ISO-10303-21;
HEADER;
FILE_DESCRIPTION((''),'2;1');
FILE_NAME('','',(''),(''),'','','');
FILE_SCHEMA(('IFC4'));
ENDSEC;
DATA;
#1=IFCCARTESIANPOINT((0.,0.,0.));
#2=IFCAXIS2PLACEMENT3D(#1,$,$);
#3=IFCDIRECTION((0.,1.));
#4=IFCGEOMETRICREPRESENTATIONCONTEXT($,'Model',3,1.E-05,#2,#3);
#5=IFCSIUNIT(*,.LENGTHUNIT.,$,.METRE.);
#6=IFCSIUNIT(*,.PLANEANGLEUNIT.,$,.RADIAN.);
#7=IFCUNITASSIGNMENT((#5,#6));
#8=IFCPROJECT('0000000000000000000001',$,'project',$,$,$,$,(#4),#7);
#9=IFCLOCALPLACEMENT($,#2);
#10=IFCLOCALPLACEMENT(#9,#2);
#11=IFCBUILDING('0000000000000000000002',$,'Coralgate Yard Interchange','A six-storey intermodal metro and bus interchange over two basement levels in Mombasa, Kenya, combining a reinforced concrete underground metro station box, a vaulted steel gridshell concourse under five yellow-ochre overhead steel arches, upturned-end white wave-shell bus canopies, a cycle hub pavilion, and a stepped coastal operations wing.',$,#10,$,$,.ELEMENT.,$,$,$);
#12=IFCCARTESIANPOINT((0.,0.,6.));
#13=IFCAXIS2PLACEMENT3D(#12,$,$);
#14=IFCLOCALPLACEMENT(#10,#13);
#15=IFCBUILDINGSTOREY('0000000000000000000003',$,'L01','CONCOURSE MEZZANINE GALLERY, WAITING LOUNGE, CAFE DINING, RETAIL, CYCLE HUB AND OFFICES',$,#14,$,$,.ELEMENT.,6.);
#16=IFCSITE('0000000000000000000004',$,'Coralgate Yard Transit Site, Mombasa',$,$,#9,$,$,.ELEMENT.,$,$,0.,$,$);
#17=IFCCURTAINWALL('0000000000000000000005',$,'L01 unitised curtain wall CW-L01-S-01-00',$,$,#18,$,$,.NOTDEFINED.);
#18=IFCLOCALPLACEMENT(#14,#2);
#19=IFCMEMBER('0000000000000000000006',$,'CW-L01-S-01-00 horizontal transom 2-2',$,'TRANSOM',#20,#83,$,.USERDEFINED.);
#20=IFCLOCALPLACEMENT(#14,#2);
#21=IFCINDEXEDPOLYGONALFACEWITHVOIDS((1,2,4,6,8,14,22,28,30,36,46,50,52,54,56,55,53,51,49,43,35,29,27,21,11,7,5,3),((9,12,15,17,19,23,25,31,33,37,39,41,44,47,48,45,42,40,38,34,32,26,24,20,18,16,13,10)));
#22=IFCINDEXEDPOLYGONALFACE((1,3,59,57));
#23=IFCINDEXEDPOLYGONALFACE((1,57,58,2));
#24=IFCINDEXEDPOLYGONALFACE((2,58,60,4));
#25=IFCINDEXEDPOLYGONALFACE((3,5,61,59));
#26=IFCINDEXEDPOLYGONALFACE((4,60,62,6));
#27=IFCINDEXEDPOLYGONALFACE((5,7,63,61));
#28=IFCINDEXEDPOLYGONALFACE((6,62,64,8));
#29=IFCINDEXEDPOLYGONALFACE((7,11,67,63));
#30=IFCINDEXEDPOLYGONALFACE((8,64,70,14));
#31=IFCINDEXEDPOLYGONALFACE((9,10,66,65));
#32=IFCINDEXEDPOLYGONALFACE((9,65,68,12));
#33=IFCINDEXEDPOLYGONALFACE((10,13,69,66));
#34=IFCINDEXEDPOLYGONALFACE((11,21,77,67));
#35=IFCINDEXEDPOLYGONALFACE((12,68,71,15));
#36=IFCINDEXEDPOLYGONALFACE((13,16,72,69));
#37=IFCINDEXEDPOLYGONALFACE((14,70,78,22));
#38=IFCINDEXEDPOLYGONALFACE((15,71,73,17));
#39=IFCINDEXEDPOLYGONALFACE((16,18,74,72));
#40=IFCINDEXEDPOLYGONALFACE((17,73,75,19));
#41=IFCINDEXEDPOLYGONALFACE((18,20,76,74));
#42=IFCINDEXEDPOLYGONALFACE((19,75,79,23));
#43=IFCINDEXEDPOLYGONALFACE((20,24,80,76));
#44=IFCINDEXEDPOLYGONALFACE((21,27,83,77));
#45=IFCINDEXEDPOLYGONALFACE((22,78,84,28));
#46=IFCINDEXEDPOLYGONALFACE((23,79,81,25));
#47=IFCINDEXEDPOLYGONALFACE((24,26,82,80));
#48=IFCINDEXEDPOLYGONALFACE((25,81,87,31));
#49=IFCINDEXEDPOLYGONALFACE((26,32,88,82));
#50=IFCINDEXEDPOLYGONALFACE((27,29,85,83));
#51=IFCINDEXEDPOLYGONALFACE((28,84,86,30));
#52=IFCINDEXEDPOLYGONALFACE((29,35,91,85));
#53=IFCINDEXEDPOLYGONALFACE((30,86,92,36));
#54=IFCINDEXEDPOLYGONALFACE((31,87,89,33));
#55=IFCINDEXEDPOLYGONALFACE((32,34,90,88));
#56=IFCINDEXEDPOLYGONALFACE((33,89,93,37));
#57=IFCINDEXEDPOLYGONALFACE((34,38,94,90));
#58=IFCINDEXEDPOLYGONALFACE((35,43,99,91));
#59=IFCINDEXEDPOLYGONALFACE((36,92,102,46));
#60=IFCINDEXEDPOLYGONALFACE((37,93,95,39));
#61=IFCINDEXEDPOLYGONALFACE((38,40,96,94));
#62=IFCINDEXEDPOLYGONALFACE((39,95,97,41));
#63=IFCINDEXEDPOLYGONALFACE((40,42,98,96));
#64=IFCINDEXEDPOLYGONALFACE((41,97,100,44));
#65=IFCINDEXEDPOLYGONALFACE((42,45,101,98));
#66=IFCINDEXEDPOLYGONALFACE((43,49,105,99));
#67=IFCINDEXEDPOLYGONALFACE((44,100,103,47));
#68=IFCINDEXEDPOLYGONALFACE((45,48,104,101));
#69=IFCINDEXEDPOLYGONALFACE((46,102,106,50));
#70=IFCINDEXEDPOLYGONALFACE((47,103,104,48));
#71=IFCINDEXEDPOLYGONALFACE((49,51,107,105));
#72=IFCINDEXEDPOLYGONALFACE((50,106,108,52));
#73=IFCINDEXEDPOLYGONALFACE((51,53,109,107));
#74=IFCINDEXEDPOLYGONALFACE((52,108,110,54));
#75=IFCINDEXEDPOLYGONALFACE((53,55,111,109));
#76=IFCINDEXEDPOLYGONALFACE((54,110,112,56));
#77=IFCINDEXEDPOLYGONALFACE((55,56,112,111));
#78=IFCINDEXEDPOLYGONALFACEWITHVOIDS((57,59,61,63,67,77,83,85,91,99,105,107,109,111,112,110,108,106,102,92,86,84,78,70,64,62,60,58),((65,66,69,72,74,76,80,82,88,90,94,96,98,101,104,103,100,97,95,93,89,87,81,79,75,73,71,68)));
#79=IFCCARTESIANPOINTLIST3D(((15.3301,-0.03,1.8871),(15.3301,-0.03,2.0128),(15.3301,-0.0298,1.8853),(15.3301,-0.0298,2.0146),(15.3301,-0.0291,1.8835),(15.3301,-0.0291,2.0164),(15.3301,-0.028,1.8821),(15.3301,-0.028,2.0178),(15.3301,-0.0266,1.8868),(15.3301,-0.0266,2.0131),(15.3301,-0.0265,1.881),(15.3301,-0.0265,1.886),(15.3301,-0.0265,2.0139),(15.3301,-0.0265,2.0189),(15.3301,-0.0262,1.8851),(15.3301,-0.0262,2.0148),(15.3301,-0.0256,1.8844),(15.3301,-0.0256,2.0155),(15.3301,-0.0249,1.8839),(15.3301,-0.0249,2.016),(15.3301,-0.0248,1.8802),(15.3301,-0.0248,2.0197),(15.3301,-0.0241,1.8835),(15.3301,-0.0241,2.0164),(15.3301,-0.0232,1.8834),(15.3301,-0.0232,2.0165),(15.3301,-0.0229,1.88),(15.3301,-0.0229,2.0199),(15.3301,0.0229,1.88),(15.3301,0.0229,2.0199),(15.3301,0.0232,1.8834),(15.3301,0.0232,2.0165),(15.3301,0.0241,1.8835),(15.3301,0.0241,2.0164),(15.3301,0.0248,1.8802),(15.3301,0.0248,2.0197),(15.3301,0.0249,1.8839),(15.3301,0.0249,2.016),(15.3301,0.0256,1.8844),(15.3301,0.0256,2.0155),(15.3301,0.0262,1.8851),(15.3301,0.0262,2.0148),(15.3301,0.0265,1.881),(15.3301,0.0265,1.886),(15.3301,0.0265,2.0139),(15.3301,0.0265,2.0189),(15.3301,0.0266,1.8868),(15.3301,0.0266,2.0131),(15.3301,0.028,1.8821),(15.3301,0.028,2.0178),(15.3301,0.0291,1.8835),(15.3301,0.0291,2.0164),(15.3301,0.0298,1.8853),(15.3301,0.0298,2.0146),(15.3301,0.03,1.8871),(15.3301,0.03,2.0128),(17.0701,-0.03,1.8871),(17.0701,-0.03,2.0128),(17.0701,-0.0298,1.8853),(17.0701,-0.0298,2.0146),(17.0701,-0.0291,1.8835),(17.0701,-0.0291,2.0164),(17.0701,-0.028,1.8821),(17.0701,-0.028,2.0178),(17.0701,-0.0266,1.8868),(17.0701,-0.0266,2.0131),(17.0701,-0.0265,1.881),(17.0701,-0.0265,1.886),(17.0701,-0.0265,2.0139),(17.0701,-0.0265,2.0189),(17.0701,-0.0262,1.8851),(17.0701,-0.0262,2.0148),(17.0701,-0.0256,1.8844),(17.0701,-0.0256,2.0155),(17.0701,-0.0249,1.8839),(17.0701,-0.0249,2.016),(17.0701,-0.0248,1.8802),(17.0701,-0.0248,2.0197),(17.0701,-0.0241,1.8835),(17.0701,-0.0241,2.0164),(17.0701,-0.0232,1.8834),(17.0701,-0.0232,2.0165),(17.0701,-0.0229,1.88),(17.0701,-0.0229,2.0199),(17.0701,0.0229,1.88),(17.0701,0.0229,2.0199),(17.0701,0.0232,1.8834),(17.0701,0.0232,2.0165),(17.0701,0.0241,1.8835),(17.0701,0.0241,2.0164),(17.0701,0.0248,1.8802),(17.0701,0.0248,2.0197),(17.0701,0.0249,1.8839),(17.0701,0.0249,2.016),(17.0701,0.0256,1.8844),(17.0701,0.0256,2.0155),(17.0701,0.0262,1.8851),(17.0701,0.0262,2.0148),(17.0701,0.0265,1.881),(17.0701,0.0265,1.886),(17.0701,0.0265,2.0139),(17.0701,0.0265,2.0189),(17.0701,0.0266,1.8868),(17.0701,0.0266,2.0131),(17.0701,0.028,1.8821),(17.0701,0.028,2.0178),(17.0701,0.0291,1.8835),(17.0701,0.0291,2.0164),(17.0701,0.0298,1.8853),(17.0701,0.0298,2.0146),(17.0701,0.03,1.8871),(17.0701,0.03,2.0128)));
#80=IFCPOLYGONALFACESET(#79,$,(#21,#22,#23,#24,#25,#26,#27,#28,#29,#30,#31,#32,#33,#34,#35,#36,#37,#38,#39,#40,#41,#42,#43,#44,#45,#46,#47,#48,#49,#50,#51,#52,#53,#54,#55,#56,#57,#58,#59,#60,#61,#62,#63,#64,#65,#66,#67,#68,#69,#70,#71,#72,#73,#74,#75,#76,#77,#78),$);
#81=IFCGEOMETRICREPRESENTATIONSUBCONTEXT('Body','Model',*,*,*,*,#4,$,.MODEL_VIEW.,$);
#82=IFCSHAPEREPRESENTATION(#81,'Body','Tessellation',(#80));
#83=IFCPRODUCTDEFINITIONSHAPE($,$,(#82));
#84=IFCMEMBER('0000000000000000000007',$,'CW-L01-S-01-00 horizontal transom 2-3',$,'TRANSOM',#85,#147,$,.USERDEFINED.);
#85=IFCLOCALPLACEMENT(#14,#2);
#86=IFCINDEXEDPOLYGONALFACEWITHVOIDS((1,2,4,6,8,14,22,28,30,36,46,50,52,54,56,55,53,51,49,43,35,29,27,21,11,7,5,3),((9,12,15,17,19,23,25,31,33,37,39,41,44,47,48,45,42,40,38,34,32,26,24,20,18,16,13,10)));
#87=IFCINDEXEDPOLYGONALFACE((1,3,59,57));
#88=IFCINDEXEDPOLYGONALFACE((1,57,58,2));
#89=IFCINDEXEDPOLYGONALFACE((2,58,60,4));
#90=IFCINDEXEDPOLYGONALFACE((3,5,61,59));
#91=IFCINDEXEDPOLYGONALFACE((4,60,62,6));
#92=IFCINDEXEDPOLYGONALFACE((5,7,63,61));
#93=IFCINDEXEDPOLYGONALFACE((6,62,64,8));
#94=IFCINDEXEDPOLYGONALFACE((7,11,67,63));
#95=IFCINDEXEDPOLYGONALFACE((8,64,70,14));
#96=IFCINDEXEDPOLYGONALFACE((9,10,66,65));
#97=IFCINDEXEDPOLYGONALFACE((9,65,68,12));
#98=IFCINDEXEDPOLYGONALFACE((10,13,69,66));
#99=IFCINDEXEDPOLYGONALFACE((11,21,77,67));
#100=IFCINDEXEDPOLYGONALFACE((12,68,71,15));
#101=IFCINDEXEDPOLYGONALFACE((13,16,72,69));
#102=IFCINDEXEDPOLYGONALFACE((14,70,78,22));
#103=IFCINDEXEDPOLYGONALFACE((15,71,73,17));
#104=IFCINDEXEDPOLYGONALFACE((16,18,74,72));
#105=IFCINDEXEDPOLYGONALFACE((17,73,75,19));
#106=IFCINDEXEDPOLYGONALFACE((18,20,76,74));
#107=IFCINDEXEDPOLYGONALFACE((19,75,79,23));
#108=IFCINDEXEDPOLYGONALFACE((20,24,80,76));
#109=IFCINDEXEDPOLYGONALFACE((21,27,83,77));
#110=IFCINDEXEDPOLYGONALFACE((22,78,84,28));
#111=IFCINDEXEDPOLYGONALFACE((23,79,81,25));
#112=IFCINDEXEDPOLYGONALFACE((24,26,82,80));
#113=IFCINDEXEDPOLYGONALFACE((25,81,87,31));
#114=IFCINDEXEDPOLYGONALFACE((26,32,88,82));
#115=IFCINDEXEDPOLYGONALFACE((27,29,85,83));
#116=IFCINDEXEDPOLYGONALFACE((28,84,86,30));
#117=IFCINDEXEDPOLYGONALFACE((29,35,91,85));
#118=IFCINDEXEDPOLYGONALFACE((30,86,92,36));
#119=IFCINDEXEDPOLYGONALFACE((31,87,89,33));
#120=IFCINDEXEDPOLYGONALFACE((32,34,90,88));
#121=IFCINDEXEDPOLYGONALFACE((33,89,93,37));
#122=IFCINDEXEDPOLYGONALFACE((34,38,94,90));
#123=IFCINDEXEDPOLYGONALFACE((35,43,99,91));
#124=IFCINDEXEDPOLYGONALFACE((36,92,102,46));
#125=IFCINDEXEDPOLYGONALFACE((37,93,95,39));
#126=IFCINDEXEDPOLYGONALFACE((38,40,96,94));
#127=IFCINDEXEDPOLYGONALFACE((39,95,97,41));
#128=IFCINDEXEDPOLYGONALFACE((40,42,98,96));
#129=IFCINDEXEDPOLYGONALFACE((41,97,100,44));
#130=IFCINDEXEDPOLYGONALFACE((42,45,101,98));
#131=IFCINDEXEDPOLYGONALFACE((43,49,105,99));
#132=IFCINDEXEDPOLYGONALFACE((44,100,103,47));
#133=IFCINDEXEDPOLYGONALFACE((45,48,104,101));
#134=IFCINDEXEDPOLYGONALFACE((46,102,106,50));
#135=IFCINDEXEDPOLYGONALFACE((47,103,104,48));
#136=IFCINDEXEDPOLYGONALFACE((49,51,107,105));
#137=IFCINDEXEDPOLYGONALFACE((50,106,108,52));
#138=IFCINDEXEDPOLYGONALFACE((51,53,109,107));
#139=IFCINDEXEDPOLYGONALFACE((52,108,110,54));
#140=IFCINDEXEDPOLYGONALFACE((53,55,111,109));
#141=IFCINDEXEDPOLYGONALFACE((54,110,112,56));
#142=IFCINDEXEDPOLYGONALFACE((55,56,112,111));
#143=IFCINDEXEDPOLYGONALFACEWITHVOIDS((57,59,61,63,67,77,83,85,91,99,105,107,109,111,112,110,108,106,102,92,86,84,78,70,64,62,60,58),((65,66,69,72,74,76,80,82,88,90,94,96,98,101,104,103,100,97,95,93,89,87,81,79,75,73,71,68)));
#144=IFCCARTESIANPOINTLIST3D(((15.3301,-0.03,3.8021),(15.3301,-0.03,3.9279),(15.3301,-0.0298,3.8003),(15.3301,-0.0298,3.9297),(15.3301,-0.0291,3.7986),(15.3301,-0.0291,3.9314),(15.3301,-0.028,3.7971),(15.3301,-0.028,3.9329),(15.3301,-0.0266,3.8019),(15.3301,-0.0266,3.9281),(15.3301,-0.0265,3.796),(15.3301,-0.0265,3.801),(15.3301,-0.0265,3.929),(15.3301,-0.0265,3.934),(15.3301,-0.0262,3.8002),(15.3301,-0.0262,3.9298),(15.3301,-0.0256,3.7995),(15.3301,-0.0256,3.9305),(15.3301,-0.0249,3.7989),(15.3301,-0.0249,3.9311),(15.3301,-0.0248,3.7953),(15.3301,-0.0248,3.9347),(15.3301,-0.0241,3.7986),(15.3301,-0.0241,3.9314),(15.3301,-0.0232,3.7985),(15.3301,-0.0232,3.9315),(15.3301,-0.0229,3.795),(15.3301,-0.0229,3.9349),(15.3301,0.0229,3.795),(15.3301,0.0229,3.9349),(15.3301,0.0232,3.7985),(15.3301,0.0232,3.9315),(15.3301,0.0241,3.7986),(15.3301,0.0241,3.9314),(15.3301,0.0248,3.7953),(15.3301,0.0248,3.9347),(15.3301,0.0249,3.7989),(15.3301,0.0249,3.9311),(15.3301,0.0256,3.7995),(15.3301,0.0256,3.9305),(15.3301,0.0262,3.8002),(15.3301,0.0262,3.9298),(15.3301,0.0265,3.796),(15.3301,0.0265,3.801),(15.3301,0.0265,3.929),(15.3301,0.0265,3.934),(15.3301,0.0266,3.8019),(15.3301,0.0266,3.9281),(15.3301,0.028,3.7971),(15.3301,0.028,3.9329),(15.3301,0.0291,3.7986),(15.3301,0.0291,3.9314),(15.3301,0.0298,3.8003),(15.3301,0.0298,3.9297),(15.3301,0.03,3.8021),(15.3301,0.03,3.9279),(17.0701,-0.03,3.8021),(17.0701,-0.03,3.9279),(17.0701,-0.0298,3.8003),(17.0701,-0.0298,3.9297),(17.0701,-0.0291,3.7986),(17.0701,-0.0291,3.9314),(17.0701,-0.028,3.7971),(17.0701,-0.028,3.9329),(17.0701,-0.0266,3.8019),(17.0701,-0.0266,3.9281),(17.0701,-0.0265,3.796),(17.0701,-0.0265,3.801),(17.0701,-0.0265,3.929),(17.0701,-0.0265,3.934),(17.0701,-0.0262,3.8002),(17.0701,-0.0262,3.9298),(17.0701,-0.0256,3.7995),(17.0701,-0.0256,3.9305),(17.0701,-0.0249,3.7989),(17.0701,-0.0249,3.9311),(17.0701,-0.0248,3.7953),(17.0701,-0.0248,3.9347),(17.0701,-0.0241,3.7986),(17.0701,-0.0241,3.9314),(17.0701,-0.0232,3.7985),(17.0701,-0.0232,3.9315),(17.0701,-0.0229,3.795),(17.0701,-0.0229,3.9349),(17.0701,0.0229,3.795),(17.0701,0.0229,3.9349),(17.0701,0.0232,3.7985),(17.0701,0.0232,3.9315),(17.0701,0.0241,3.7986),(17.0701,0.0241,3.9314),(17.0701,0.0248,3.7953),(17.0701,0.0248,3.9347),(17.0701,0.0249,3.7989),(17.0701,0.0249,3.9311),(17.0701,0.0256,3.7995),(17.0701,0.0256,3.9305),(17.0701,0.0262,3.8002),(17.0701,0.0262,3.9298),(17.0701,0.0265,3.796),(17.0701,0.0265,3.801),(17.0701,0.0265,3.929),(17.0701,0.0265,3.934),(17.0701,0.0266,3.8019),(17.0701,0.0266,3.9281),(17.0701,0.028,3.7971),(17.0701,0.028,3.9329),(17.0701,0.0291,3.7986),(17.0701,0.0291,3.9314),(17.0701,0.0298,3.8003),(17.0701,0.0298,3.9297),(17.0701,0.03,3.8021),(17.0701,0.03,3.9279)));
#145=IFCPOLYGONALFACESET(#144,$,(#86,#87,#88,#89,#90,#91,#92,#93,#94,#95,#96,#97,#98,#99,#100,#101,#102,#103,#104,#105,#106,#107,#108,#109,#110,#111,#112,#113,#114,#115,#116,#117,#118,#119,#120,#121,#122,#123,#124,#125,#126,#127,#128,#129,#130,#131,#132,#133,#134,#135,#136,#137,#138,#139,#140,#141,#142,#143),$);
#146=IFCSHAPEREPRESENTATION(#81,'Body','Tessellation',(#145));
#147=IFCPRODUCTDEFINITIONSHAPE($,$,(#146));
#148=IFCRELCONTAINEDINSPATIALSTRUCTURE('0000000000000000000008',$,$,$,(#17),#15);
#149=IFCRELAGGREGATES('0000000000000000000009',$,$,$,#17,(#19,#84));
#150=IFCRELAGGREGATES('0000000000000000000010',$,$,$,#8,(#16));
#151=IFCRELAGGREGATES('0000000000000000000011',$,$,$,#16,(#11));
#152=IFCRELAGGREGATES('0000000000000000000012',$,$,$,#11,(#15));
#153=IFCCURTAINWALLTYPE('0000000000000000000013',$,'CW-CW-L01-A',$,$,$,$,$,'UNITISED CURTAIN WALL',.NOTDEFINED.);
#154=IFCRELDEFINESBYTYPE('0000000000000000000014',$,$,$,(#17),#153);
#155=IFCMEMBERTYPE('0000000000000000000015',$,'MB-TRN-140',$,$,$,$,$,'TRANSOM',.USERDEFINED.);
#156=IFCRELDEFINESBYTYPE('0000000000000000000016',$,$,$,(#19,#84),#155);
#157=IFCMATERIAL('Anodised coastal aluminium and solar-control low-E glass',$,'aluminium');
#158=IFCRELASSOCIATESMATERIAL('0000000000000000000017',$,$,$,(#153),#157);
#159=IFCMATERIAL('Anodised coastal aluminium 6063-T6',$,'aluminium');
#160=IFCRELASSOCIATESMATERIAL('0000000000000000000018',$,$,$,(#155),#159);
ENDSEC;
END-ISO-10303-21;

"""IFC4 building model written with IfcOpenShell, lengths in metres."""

from ifc_helpers import new_model, si_unit, direction, frame, origin, origin_2d, place, context, subcontext, project, spatial, hollow_rectangle, extrude, material, material_profile, profile_set, type_object, element, aggregate, save


model = new_model("IFC4")

# Units and contexts
model_context = context("Model", 3, precision=1e-05, world=origin(), true_north=direction((0.0, 1.0)))
body_context = subcontext(model_context, "Body", "Model", "MODEL_VIEW")
ifc_project = project(units=[si_unit("LENGTHUNIT", "METRE"), si_unit("PLANEANGLEUNIT", "RADIAN")], contexts=[model_context])

# Site, building, storey
site_placement = place(None, origin())
site = spatial("IfcSite", under=ifc_project, at=site_placement, Name="Coralgate Yard Transit Site, Mombasa", CompositionType="ELEMENT", RefElevation=0.0)
building_placement = place(site_placement, origin())
building = spatial("IfcBuilding", under=site, at=building_placement, Name="Coralgate Yard Interchange", Description="A six-storey intermodal metro and bus interchange over two basement levels in Mombasa, Kenya, combining a reinforced concrete underground metro station box, a vaulted steel gridshell concourse under five yellow-ochre overhead steel arches, upturned-end white wave-shell bus canopies, a cycle hub pavilion, and a stepped coastal operations wing.", CompositionType="ELEMENT")
storey_placement = place(building_placement, frame((0.0, 0.0, 6.0)))
storey = spatial("IfcBuildingStorey", under=building, at=storey_placement, Name="L01", Description="CONCOURSE MEZZANINE GALLERY, WAITING LOUNGE, CAFE DINING, RETAIL, CYCLE HUB AND OFFICES", CompositionType="ELEMENT", Elevation=6.0)

# Curtain wall, members
ifc_material_1 = material(Name="Anodised coastal aluminium and solar-control low-E glass", Category="aluminium")
curtain_wall_type = type_object("IfcCurtainWallType", Name="CW-CW-L01-A", ElementType="UNITISED CURTAIN WALL", PredefinedType="NOTDEFINED", material=ifc_material_1)
curtain_wall_placement = place(storey_placement, origin())
curtain_wall = element("IfcCurtainWall", 1, at=curtain_wall_placement, inside=storey, type_object=curtain_wall_type, Name="L01 unitised curtain wall CW-L01-S-01-00", PredefinedType="NOTDEFINED")
ifc_material_2 = material(Name="Anodised coastal aluminium 6063-T6", Category="aluminium")
ifc_material_profile_1 = material_profile(ifc_material_2, hollow_rectangle(XDim=0.0601, YDim=0.1399, WallThickness=0.0034, InnerFilletRadius=0.0034, OuterFilletRadius=0.0071, at=origin_2d()), Name="ALU 60x140x3.5")
ifc_profile_set_1 = profile_set([ifc_material_profile_1], Name="Anodised coastal aluminium 6063-T6")
member_type_1 = type_object("IfcMemberType", Name="MB-TRN-140", ElementType="TRANSOM", PredefinedType="USERDEFINED", material=ifc_profile_set_1)
member_1_placement = place(storey_placement, frame((17.0701, 0.0, 1.95), z_axis=(-1.0, 0.0, 0.0), x_axis=(0.0, -1.0, 0.0)))
member_1 = element("IfcMember", 2, at=member_1_placement, type_object=member_type_1, Name="CW-L01-S-01-00 horizontal transom 2-2", ObjectType="TRANSOM", PredefinedType="USERDEFINED", context=body_context, shape_type="SweptSolid", body=[
    extrude(hollow_rectangle(XDim=0.0601, YDim=0.1399, WallThickness=0.0034, InnerFilletRadius=0.0034, OuterFilletRadius=0.0071, at=origin_2d()), origin(), (0.0, 0.0, 1.0), 1.74),
])
member_2_placement = place(storey_placement, frame((17.0701, 0.0, 3.865), z_axis=(-1.0, 0.0, 0.0), x_axis=(0.0, -1.0, 0.0)))
member_2 = element("IfcMember", 3, at=member_2_placement, type_object=member_type_1, Name="CW-L01-S-01-00 horizontal transom 2-3", ObjectType="TRANSOM", PredefinedType="USERDEFINED", context=body_context, shape_type="SweptSolid", body=[
    extrude(hollow_rectangle(XDim=0.0601, YDim=0.1399, WallThickness=0.0034, InnerFilletRadius=0.0034, OuterFilletRadius=0.0071, at=origin_2d()), origin(), (0.0, 0.0, 1.0), 1.74),
])
aggregate(curtain_wall, [member_1, member_2])

save(model, "model.ifc")
